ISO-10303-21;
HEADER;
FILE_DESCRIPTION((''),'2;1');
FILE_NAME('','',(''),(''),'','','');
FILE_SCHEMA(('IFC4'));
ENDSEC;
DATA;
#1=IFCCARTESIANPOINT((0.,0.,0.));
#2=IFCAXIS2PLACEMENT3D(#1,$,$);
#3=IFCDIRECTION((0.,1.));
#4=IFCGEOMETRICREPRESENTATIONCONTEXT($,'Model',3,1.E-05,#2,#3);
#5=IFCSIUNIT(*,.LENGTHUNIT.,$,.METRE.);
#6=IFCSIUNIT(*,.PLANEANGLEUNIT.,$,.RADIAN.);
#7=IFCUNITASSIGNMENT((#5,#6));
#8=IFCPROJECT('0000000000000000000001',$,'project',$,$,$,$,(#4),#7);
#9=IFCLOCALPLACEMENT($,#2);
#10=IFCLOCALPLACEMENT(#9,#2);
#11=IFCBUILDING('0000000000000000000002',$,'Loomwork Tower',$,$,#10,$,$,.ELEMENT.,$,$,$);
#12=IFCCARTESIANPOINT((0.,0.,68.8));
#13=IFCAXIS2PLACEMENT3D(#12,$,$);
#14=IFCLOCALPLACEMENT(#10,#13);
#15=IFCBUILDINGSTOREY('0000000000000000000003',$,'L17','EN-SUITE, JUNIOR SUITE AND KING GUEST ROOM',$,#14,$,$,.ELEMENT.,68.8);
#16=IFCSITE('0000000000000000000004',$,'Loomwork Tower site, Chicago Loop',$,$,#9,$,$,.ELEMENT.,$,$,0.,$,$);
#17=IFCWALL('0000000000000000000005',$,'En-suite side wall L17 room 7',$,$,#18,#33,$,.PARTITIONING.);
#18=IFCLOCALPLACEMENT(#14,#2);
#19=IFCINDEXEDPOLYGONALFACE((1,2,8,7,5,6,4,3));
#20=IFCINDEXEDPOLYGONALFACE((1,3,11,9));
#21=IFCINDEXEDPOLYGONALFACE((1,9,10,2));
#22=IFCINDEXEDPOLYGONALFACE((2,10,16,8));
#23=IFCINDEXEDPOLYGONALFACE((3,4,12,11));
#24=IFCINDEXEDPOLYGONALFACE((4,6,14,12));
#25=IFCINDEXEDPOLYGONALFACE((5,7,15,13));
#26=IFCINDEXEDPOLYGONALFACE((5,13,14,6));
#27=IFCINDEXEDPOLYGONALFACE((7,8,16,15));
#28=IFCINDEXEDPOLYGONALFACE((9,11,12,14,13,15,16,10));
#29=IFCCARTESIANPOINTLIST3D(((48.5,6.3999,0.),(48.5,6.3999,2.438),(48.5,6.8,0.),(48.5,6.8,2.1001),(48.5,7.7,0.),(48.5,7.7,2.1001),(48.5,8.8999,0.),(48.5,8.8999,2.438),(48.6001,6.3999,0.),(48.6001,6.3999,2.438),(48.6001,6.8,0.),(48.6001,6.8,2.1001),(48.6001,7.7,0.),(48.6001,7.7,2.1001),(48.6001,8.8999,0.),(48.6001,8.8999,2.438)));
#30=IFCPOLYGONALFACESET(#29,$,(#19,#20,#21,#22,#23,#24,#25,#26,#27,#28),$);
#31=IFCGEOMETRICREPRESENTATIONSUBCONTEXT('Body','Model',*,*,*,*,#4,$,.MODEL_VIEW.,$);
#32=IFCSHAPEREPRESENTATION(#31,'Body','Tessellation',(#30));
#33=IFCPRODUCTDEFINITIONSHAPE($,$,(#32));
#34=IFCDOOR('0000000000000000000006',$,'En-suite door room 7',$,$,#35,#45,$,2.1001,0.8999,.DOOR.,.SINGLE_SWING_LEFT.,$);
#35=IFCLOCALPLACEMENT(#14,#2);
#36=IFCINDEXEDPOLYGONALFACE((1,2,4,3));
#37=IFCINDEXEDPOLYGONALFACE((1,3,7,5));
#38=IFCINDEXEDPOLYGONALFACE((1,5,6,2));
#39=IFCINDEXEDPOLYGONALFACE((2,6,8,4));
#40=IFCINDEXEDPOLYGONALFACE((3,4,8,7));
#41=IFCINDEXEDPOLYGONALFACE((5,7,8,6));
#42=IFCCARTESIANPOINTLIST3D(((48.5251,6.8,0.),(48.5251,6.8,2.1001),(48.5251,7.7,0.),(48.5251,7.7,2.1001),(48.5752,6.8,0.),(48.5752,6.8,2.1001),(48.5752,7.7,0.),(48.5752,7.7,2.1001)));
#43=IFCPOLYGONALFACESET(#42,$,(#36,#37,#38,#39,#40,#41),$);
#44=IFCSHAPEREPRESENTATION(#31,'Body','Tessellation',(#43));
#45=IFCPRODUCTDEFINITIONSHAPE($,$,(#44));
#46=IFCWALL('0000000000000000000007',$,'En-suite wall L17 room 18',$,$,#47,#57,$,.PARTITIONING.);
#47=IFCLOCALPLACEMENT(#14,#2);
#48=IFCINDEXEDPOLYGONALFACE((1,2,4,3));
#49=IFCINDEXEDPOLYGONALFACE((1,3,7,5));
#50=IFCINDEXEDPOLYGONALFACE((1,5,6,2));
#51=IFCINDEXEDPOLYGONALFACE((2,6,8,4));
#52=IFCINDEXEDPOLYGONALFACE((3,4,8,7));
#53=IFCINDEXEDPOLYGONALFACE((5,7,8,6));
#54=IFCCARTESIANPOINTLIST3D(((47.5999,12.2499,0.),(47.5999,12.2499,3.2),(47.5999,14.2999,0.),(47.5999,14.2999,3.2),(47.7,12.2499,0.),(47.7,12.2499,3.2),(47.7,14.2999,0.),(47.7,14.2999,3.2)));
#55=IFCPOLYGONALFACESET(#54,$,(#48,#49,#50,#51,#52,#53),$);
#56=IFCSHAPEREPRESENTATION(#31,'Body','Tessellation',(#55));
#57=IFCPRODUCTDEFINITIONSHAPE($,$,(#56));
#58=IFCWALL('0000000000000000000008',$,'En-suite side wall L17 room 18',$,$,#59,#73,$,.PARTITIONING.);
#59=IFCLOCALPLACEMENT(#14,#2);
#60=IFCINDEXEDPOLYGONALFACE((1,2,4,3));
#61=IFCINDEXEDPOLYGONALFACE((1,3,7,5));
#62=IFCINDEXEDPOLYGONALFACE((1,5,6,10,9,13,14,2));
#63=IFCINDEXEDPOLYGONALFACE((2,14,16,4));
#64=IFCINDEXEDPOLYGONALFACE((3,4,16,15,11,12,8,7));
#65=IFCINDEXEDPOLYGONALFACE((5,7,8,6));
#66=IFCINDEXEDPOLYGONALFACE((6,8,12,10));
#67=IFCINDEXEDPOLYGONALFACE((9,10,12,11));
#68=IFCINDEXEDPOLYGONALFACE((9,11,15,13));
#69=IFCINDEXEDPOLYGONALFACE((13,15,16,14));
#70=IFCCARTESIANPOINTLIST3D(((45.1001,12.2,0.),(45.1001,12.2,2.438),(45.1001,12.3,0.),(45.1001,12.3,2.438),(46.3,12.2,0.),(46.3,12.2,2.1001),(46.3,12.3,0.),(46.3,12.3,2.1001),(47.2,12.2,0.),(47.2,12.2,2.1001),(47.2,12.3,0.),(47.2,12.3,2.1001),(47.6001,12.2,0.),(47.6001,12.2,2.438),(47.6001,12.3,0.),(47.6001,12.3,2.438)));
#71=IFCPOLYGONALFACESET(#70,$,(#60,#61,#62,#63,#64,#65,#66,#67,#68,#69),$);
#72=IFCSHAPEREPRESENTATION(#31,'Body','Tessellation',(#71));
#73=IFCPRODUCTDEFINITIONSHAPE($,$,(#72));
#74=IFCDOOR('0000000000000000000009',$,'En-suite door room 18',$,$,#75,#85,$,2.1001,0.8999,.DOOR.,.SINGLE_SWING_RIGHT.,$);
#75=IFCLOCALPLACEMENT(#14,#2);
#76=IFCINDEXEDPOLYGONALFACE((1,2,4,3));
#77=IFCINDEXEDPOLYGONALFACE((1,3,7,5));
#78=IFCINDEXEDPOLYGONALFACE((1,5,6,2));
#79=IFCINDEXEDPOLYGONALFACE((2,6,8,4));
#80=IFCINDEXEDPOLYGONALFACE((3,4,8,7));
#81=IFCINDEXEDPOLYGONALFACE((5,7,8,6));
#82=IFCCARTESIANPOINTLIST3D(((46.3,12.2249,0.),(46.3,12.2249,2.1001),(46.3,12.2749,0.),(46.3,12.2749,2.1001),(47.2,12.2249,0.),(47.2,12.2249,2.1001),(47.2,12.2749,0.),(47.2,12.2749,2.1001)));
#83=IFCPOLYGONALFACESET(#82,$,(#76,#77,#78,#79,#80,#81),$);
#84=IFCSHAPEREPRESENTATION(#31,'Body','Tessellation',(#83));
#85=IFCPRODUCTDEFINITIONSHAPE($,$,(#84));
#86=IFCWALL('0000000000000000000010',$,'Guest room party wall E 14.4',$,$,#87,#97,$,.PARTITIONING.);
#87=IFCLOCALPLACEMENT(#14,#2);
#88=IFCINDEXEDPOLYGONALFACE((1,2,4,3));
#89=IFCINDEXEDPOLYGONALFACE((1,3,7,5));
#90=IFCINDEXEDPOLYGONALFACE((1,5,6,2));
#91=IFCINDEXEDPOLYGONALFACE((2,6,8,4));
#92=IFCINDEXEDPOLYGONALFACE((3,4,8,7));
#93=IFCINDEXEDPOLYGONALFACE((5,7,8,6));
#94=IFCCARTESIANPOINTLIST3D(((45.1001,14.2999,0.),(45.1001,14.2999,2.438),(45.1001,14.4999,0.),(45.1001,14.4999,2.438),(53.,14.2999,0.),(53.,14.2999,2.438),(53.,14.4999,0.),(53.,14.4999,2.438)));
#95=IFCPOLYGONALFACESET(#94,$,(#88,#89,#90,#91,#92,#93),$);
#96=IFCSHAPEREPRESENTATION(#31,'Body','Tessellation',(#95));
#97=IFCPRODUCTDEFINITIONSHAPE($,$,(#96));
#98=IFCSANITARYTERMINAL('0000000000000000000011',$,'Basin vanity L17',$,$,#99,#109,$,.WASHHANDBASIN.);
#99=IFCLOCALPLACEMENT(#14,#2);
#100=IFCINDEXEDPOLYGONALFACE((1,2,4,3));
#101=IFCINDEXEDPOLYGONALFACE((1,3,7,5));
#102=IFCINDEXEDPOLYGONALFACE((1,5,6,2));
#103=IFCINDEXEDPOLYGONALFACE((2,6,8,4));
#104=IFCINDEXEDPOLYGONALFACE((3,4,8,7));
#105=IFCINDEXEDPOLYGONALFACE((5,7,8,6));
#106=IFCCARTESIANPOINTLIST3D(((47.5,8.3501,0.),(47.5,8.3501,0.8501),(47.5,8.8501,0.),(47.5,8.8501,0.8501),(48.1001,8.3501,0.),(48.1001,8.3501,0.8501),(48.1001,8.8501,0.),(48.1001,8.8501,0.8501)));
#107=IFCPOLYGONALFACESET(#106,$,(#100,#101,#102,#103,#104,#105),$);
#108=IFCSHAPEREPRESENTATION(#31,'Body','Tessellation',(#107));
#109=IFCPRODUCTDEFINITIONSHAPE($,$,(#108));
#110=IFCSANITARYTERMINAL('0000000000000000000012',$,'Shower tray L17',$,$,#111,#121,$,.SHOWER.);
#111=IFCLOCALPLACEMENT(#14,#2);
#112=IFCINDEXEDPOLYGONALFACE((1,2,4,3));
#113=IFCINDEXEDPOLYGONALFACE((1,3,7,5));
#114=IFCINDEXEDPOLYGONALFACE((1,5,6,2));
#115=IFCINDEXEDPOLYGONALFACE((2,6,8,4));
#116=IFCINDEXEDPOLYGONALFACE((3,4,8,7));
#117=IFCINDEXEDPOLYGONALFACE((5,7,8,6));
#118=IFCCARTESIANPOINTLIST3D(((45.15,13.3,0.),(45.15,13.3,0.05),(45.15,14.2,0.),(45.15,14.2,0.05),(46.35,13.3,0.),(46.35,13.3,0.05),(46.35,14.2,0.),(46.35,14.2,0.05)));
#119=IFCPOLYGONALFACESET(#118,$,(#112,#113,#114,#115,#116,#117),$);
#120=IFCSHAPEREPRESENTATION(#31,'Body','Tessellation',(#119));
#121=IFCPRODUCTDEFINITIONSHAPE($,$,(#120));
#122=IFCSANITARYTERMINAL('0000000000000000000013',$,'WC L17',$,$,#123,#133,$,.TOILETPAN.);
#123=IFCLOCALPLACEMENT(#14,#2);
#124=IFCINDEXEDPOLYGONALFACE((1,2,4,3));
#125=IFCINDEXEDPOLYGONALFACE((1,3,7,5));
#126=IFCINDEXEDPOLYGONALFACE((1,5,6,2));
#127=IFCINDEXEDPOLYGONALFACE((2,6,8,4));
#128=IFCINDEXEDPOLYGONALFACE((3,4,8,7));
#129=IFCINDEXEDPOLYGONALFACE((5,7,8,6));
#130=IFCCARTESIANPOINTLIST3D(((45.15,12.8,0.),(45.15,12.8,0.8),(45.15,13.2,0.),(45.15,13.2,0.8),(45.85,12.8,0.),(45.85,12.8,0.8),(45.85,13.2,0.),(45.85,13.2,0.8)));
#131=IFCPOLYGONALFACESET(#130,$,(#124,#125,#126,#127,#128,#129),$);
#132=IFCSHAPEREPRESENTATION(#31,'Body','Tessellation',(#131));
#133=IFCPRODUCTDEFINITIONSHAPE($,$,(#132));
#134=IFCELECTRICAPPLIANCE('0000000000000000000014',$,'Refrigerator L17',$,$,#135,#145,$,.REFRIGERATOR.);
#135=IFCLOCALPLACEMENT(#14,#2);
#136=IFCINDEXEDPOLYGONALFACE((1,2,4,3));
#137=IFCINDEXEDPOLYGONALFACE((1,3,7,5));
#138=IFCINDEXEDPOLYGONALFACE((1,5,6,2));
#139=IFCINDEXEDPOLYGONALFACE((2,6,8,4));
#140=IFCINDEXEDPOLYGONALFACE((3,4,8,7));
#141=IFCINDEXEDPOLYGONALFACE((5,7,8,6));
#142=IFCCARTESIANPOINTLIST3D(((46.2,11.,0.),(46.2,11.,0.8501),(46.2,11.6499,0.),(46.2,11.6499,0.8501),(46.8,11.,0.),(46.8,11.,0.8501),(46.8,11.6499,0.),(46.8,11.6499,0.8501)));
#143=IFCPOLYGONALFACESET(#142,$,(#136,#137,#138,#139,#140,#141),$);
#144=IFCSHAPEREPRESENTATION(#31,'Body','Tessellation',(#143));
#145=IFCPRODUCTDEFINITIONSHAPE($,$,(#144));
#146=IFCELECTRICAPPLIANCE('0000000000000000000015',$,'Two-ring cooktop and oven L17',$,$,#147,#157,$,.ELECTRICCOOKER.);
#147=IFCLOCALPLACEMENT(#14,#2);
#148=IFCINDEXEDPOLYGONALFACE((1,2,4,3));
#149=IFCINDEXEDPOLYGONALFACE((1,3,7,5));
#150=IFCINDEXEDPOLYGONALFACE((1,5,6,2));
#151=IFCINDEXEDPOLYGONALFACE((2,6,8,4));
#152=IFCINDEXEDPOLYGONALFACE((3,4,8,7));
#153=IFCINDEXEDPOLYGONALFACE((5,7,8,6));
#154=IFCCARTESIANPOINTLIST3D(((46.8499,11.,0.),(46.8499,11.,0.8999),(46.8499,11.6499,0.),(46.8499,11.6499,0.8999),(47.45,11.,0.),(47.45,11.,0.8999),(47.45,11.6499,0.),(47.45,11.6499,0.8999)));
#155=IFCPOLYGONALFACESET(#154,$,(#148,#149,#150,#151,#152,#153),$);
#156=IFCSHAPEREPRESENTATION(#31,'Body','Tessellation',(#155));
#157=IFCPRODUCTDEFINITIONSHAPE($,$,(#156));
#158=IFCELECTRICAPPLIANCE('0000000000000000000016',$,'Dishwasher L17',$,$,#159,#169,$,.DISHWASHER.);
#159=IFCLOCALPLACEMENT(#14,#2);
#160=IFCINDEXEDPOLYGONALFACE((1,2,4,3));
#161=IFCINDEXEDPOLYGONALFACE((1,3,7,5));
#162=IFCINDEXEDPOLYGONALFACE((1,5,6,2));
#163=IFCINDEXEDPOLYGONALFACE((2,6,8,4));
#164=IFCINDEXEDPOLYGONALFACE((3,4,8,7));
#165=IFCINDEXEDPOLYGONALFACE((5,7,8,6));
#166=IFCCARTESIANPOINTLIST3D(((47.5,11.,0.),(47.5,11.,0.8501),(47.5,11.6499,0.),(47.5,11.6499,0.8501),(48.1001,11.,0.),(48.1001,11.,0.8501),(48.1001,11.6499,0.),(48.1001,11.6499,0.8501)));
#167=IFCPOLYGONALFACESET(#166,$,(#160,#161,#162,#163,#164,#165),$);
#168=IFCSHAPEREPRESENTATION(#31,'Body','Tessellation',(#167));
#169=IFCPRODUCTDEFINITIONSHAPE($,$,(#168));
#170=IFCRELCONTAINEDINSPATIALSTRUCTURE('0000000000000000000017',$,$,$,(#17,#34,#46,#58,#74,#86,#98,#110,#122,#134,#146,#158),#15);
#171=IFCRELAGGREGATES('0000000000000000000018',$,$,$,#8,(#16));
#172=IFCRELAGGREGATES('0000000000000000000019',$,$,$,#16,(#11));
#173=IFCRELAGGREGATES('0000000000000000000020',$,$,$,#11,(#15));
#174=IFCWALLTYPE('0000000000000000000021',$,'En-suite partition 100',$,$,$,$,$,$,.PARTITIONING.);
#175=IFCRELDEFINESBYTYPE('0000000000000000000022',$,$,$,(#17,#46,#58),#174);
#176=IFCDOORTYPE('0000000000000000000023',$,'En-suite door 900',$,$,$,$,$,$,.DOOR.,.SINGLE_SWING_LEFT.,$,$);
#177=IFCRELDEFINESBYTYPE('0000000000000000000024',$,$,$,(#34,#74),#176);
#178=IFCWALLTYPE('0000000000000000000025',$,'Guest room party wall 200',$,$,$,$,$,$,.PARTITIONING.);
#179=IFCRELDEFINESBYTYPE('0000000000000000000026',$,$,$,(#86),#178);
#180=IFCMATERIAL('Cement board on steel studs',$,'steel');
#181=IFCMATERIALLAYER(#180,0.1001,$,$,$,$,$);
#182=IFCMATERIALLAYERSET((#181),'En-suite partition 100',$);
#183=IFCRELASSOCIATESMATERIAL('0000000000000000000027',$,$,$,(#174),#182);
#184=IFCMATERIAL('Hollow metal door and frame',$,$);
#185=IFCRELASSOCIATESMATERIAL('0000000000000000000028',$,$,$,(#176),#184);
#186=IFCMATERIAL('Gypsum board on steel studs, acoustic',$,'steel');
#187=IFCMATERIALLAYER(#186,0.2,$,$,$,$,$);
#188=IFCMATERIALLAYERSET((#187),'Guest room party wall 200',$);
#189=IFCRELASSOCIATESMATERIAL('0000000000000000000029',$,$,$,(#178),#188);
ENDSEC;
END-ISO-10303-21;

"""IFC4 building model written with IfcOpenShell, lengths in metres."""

from ifc_helpers import new_model, si_unit, direction, frame, frame_2d, origin, origin_2d, place, context, subcontext, project, spatial, rectangle, extrude, material, layer, layer_set, type_object, element, fill, save


model = new_model("IFC4")

# Units and contexts
model_context = context("Model", 3, precision=1e-05, world=origin(), true_north=direction((0.0, 1.0)))
body_context = subcontext(model_context, "Body", "Model", "MODEL_VIEW")
ifc_project = project(units=[si_unit("LENGTHUNIT", "METRE"), si_unit("PLANEANGLEUNIT", "RADIAN")], contexts=[model_context])

# Site, building, storey
site_placement = place(None, origin())
site = spatial("IfcSite", under=ifc_project, at=site_placement, Name="Loomwork Tower site, Chicago Loop", CompositionType="ELEMENT", RefElevation=0.0)
building_placement = place(site_placement, origin())
building = spatial("IfcBuilding", under=site, at=building_placement, Name="Loomwork Tower", CompositionType="ELEMENT")
storey_placement = place(building_placement, frame((0.0, 0.0, 68.8)))
storey = spatial("IfcBuildingStorey", under=building, at=storey_placement, Name="L17", Description="EN-SUITE, JUNIOR SUITE AND KING GUEST ROOM", CompositionType="ELEMENT", Elevation=68.8)

# Wall, opening, door
ifc_material_1 = material(Name="Cement board on steel studs", Category="steel")
ifc_layer_1 = layer(ifc_material_1, 0.1001)
ifc_layer_set_1 = layer_set([ifc_layer_1], Name="En-suite partition 100")
wall_type_1 = type_object("IfcWallType", Name="En-suite partition 100", PredefinedType="PARTITIONING", material=ifc_layer_set_1)
wall_1_placement = place(storey_placement, frame((48.55, 8.8999, 0.0), z_axis=(0.0, 0.0, 1.0), x_axis=(0.0, -1.0, 0.0)))
wall_1 = element("IfcWall", 1, at=wall_1_placement, inside=storey, type_object=wall_type_1, Name="En-suite side wall L17 room 7", PredefinedType="PARTITIONING", context=body_context, shape_type="SweptSolid", body=[
    extrude(rectangle(XDim=2.5, YDim=0.1001, at=frame_2d((1.25, 0.0))), origin(), (0.0, 0.0, 1.0), 2.438),
])
opening_1_placement = place(wall_1_placement, frame((1.2, 0.0, 0.0)))
opening_1 = element("IfcOpeningElement", 2, at=opening_1_placement, cuts=wall_1, PredefinedType="OPENING", context=body_context, shape_type="SweptSolid", body=[
    extrude(rectangle(XDim=0.8999, YDim=2.1001, at=frame_2d((0.45, 1.05))), frame((0.0, 0.0601, 0.0), z_axis=(0.0, -1.0, 0.0), x_axis=(1.0, 0.0, 0.0)), (0.0, 0.0, 1.0), 0.1201),
])
ifc_material_2 = material(Name="Hollow metal door and frame")
door_type_1 = type_object("IfcDoorType", Name="En-suite door 900", OperationType="SINGLE_SWING_LEFT", PredefinedType="DOOR", material=ifc_material_2)
door_1_placement = place(opening_1_placement, frame((0.8999, 0.0, 0.0), z_axis=(0.0, 0.0, 1.0), x_axis=(-1.0, 0.0, 0.0)))
door_1 = element("IfcDoor", 3, at=door_1_placement, inside=storey, type_object=door_type_1, Name="En-suite door room 7", OperationType="SINGLE_SWING_LEFT", OverallHeight=2.1001, OverallWidth=0.8999, PredefinedType="DOOR", context=body_context, shape_type="SweptSolid", body=[
    extrude(rectangle(XDim=0.8999, YDim=2.1001, at=frame_2d((0.45, 1.05))), frame((0.0, 0.0249, 0.0), z_axis=(0.0, -1.0, 0.0), x_axis=(1.0, 0.0, 0.0)), (0.0, 0.0, 1.0), 0.05),
])
fill(opening_1, door_1)

# Wall
wall_2_placement = place(storey_placement, frame((47.6499, 12.25, 0.0), z_axis=(0.0, 0.0, 1.0), x_axis=(0.0, 1.0, 0.0)))
element("IfcWall", 4, at=wall_2_placement, inside=storey, type_object=wall_type_1, Name="En-suite wall L17 room 18", PredefinedType="PARTITIONING", context=body_context, shape_type="SweptSolid", body=[
    extrude(rectangle(XDim=2.05, YDim=0.1001, at=frame_2d((1.0249, 0.0))), origin(), (0.0, 0.0, 1.0), 3.2),
])

# Wall, opening, door
wall_3_placement = place(storey_placement, frame((45.1001, 12.25, 0.0), z_axis=(0.0, 0.0, 1.0), x_axis=(1.0, 0.0, 0.0)))
wall_3 = element("IfcWall", 5, at=wall_3_placement, inside=storey, type_object=wall_type_1, Name="En-suite side wall L17 room 18", PredefinedType="PARTITIONING", context=body_context, shape_type="SweptSolid", body=[
    extrude(rectangle(XDim=2.5, YDim=0.1001, at=frame_2d((1.25, 0.0))), origin(), (0.0, 0.0, 1.0), 2.438),
])
opening_2_placement = place(wall_3_placement, frame((1.2, 0.0, 0.0)))
opening_2 = element("IfcOpeningElement", 6, at=opening_2_placement, cuts=wall_3, PredefinedType="OPENING", context=body_context, shape_type="SweptSolid", body=[
    extrude(rectangle(XDim=0.8999, YDim=2.1001, at=frame_2d((0.45, 1.05))), frame((0.0, 0.0601, 0.0), z_axis=(0.0, -1.0, 0.0), x_axis=(1.0, 0.0, 0.0)), (0.0, 0.0, 1.0), 0.1201),
])
door_2_placement = place(opening_2_placement, origin())
door_2 = element("IfcDoor", 7, at=door_2_placement, inside=storey, type_object=door_type_1, Name="En-suite door room 18", OperationType="SINGLE_SWING_RIGHT", OverallHeight=2.1001, OverallWidth=0.8999, PredefinedType="DOOR", context=body_context, shape_type="SweptSolid", body=[
    extrude(rectangle(XDim=0.8999, YDim=2.1001, at=frame_2d((0.45, 1.05))), frame((0.0, 0.0249, 0.0), z_axis=(0.0, -1.0, 0.0), x_axis=(1.0, 0.0, 0.0)), (0.0, 0.0, 1.0), 0.05),
])
fill(opening_2, door_2)

# Wall
ifc_material_3 = material(Name="Gypsum board on steel studs, acoustic", Category="steel")
ifc_layer_2 = layer(ifc_material_3, 0.2)
ifc_layer_set_2 = layer_set([ifc_layer_2], Name="Guest room party wall 200")
wall_type_2 = type_object("IfcWallType", Name="Guest room party wall 200", PredefinedType="PARTITIONING", material=ifc_layer_set_2)
wall_4_placement = place(storey_placement, frame((45.1001, 14.3999, 0.0), z_axis=(0.0, 0.0, 1.0), x_axis=(1.0, 0.0, 0.0)))
element("IfcWall", 8, at=wall_4_placement, inside=storey, type_object=wall_type_2, Name="Guest room party wall E 14.4", PredefinedType="PARTITIONING", context=body_context, shape_type="SweptSolid", body=[
    extrude(rectangle(XDim=7.8999, YDim=0.2, at=frame_2d((3.95, 0.0))), origin(), (0.0, 0.0, 1.0), 2.438),
])

# Sanitary terminals
sanitary_terminal_1_placement = place(storey_placement, frame((47.8, 8.6001, 0.0), z_axis=(0.0, 0.0, 1.0), x_axis=(1.0, 0.0, 0.0)))
element("IfcSanitaryTerminal", 9, at=sanitary_terminal_1_placement, inside=storey, Name="Basin vanity L17", PredefinedType="WASHHANDBASIN", context=body_context, shape_type="SweptSolid", body=[
    extrude(rectangle(XDim=0.6001, YDim=0.5, at=origin_2d()), origin(), (0.0, 0.0, 1.0), 0.8501),
])
sanitary_terminal_2_placement = place(storey_placement, frame((45.75, 13.75, 0.0), z_axis=(0.0, 0.0, 1.0), x_axis=(1.0, 0.0, 0.0)))
element("IfcSanitaryTerminal", 10, at=sanitary_terminal_2_placement, inside=storey, Name="Shower tray L17", PredefinedType="SHOWER", context=body_context, shape_type="SweptSolid", body=[
    extrude(rectangle(XDim=1.2, YDim=0.8999, at=origin_2d()), origin(), (0.0, 0.0, 1.0), 0.05),
])
sanitary_terminal_3_placement = place(storey_placement, frame((45.5, 13.0, 0.0), z_axis=(0.0, 0.0, 1.0), x_axis=(1.0, 0.0, 0.0)))
element("IfcSanitaryTerminal", 11, at=sanitary_terminal_3_placement, inside=storey, Name="WC L17", PredefinedType="TOILETPAN", context=body_context, shape_type="SweptSolid", body=[
    extrude(rectangle(XDim=0.7, YDim=0.3999, at=origin_2d()), origin(), (0.0, 0.0, 1.0), 0.8),
])

# Electric appliances
electric_appliance_1_placement = place(storey_placement, frame((46.5, 11.325, 0.0), z_axis=(0.0, 0.0, 1.0), x_axis=(1.0, 0.0, 0.0)))
element("IfcElectricAppliance", 12, at=electric_appliance_1_placement, inside=storey, Name="Refrigerator L17", PredefinedType="REFRIGERATOR", context=body_context, shape_type="SweptSolid", body=[
    extrude(rectangle(XDim=0.6001, YDim=0.6499, at=origin_2d()), origin(), (0.0, 0.0, 1.0), 0.8501),
])
electric_appliance_2_placement = place(storey_placement, frame((47.1499, 11.325, 0.0), z_axis=(0.0, 0.0, 1.0), x_axis=(1.0, 0.0, 0.0)))
element("IfcElectricAppliance", 13, at=electric_appliance_2_placement, inside=storey, Name="Two-ring cooktop and oven L17", PredefinedType="ELECTRICCOOKER", context=body_context, shape_type="SweptSolid", body=[
    extrude(rectangle(XDim=0.6001, YDim=0.6499, at=origin_2d()), origin(), (0.0, 0.0, 1.0), 0.8999),
])
electric_appliance_3_placement = place(storey_placement, frame((47.8, 11.325, 0.0), z_axis=(0.0, 0.0, 1.0), x_axis=(1.0, 0.0, 0.0)))
element("IfcElectricAppliance", 14, at=electric_appliance_3_placement, inside=storey, Name="Dishwasher L17", PredefinedType="DISHWASHER", context=body_context, shape_type="SweptSolid", body=[
    extrude(rectangle(XDim=0.6001, YDim=0.6499, at=origin_2d()), origin(), (0.0, 0.0, 1.0), 0.8501),
])

save(model, "model.ifc")
